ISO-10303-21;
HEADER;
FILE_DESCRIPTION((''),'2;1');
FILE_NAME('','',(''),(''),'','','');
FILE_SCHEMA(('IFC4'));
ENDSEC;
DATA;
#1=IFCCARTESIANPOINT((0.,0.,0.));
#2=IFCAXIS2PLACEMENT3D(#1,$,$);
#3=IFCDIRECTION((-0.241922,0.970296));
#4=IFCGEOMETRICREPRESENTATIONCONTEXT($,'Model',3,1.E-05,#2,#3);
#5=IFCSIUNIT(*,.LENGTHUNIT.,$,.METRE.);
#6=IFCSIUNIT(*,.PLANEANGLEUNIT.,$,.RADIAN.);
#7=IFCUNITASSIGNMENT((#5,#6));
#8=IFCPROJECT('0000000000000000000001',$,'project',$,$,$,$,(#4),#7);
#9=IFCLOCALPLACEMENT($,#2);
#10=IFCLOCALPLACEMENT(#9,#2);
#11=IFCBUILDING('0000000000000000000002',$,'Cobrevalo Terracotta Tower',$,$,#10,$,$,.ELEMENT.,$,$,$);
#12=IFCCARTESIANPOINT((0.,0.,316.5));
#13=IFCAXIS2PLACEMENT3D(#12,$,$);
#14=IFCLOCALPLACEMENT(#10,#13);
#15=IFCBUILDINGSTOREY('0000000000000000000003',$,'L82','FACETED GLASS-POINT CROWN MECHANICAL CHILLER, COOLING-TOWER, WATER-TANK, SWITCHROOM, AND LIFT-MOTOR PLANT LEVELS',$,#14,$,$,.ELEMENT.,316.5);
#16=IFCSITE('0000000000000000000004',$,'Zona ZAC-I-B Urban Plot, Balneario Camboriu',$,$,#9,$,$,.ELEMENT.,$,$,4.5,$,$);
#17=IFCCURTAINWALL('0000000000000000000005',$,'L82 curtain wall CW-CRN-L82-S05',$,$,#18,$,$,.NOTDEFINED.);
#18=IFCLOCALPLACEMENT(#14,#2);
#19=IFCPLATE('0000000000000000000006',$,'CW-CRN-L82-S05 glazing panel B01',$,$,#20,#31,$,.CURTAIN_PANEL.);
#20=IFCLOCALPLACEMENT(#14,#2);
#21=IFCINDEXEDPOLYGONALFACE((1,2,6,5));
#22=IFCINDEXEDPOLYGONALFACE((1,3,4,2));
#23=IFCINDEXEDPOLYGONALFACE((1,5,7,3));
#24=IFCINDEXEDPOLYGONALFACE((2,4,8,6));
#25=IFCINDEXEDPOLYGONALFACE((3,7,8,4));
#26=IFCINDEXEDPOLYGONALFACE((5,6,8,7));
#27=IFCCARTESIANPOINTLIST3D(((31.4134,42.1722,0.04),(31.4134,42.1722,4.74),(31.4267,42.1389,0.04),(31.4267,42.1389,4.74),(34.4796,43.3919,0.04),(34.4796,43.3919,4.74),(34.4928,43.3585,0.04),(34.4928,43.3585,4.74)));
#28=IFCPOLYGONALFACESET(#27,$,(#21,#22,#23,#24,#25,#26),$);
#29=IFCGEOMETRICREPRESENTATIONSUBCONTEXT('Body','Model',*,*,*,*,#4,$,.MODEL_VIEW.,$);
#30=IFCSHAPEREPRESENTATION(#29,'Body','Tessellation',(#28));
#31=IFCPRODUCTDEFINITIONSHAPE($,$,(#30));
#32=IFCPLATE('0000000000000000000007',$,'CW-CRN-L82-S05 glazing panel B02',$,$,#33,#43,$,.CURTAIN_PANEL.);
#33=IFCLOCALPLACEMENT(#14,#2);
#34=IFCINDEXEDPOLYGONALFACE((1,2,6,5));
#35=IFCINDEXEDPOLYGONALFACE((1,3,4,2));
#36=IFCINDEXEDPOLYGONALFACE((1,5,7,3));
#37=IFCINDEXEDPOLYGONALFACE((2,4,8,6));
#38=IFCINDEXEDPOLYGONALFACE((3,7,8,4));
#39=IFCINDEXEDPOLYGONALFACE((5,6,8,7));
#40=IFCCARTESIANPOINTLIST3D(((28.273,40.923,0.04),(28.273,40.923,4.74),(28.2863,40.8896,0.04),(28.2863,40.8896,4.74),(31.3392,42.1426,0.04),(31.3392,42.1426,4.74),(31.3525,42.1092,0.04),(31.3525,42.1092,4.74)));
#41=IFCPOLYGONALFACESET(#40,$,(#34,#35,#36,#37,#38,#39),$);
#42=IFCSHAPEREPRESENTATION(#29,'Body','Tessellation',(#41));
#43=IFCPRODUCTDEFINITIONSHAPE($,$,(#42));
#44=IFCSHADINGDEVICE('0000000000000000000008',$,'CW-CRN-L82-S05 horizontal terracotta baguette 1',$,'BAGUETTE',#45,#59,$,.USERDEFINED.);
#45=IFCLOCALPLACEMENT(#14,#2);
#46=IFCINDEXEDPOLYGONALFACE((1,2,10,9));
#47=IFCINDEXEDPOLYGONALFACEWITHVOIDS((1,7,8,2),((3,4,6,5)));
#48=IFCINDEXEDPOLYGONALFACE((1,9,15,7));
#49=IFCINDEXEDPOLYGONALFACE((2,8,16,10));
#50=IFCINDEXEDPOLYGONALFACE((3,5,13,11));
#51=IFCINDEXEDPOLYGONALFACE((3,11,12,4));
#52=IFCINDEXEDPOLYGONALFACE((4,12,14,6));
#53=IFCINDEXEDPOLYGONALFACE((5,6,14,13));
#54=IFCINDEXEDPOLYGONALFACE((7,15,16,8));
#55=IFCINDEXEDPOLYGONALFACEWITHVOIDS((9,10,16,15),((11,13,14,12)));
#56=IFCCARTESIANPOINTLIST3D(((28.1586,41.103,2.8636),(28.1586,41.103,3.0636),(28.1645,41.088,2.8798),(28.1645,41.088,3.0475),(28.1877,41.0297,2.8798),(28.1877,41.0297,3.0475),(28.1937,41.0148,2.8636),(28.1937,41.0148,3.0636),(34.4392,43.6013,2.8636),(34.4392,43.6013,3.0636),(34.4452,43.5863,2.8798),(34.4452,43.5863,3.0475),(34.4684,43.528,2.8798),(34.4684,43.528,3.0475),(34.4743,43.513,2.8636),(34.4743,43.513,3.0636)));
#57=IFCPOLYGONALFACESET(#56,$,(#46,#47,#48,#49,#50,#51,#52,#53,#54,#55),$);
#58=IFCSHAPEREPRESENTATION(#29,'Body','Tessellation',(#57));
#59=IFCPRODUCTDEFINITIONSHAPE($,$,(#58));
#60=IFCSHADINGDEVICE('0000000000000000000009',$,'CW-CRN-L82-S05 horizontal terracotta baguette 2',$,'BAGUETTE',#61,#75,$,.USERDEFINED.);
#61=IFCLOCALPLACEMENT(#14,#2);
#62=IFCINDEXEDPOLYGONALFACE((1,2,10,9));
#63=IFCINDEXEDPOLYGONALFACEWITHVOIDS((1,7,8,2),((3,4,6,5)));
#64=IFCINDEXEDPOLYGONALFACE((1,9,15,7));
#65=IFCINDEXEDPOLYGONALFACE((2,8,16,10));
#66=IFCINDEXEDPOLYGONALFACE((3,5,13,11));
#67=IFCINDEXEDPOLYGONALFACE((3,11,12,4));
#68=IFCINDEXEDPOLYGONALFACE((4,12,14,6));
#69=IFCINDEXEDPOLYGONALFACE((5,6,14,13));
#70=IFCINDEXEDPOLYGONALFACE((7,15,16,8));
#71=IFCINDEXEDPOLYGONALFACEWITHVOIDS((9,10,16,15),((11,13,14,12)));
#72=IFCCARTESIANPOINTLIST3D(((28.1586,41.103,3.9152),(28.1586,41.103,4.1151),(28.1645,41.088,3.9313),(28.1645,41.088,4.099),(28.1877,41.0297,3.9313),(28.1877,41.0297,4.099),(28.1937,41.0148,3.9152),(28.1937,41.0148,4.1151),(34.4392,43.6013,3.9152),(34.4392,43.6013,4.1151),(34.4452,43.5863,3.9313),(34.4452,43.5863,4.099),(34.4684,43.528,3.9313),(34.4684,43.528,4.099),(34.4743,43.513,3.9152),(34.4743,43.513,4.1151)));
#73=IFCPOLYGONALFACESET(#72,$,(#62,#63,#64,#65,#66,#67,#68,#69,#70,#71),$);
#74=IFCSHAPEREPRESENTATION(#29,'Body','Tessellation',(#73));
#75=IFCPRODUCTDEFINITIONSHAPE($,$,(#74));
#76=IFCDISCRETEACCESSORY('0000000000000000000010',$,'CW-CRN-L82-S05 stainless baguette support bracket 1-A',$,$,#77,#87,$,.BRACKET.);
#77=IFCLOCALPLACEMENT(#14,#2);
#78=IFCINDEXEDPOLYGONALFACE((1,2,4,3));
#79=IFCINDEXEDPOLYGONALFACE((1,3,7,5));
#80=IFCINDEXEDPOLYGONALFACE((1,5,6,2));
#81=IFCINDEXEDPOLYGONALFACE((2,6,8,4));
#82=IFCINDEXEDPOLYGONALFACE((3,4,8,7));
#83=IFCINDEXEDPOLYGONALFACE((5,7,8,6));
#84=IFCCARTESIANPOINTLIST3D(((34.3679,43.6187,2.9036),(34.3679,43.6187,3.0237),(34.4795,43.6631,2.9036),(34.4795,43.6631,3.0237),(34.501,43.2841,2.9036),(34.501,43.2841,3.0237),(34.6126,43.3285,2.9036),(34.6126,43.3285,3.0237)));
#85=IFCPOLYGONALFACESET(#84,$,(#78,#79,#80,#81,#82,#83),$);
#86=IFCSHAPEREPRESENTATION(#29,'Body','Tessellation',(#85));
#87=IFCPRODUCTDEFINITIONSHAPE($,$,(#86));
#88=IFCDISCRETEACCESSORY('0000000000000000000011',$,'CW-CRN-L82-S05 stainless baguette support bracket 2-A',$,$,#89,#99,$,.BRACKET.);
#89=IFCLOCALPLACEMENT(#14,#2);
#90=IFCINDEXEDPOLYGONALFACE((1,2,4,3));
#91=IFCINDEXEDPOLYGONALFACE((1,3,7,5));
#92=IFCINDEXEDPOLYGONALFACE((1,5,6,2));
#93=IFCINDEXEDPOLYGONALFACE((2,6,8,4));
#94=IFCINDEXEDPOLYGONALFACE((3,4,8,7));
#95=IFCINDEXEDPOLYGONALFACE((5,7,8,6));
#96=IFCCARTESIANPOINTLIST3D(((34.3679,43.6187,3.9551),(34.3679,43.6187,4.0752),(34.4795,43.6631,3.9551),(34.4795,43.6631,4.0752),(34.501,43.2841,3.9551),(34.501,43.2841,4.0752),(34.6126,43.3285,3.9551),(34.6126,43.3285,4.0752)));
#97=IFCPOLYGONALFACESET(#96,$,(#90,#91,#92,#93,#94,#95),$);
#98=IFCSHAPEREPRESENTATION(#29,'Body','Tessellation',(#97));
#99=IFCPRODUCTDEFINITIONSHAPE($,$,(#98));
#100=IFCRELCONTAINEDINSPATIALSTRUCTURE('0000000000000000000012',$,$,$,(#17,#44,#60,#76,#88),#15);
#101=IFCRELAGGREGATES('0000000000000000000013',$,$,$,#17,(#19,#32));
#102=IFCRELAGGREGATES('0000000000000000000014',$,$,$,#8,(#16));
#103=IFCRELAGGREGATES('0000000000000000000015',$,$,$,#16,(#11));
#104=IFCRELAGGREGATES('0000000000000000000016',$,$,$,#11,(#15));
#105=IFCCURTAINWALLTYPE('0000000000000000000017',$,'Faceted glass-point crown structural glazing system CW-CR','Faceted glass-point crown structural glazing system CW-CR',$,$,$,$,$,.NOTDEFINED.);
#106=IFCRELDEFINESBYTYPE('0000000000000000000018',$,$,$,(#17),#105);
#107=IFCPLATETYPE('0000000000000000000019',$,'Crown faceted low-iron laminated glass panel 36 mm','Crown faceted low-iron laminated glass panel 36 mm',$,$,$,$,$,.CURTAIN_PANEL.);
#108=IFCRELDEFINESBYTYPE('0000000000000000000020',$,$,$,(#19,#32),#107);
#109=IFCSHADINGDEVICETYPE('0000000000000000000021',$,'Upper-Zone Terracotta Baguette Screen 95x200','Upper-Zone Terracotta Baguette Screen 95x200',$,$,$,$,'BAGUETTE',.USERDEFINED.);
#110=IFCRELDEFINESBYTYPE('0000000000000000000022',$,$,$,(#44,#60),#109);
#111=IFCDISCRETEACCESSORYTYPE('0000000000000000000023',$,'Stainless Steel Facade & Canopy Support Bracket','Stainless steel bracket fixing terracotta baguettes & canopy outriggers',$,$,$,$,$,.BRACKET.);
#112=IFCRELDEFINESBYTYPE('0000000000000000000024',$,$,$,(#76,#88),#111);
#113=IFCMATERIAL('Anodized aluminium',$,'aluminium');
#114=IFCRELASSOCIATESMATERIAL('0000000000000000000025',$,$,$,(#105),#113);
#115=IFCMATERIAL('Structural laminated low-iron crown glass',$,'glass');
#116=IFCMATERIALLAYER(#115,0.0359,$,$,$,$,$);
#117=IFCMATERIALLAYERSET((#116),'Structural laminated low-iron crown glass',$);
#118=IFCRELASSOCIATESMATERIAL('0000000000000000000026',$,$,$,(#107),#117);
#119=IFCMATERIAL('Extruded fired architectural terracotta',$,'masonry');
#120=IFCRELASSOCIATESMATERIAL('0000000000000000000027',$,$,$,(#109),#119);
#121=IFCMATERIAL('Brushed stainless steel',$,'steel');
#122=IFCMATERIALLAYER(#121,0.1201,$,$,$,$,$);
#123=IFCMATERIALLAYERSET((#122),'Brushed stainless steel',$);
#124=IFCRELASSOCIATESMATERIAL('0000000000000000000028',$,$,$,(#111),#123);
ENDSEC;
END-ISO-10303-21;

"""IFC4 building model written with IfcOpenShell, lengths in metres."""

from ifc_helpers import new_model, si_unit, direction, frame, origin, origin_2d, place, context, subcontext, project, spatial, rectangle, hollow_rectangle, extrude, source, transform, mapped, material, layer, layer_set, material_profile, profile_set, type_object, element, aggregate, save


model = new_model("IFC4")

# Units and contexts
model_context = context("Model", 3, precision=1e-05, world=origin(), true_north=direction((-0.241922, 0.970296)))
body_context = subcontext(model_context, "Body", "Model", "MODEL_VIEW")
ifc_project = project(units=[si_unit("LENGTHUNIT", "METRE"), si_unit("PLANEANGLEUNIT", "RADIAN")], contexts=[model_context])

# Site, building, storey
site_placement = place(None, origin())
site = spatial("IfcSite", under=ifc_project, at=site_placement, Name="Zona ZAC-I-B Urban Plot, Balneario Camboriu", CompositionType="ELEMENT", RefElevation=4.5)
building_placement = place(site_placement, origin())
building = spatial("IfcBuilding", under=site, at=building_placement, Name="Cobrevalo Terracotta Tower", CompositionType="ELEMENT")
storey_placement = place(building_placement, frame((0.0, 0.0, 316.5)))
storey = spatial("IfcBuildingStorey", under=building, at=storey_placement, Name="L82", Description="FACETED GLASS-POINT CROWN MECHANICAL CHILLER, COOLING-TOWER, WATER-TANK, SWITCHROOM, AND LIFT-MOTOR PLANT LEVELS", CompositionType="ELEMENT", Elevation=316.5)

# Curtain wall
ifc_material_1 = material(Name="Anodized aluminium", Category="aluminium")
curtain_wall_type = type_object("IfcCurtainWallType", Name="Faceted glass-point crown structural glazing system CW-CR", Description="Faceted glass-point crown structural glazing system CW-CR", PredefinedType="NOTDEFINED", material=ifc_material_1)
curtain_wall_1_placement = place(storey_placement, origin())
curtain_wall_1 = element("IfcCurtainWall", 1, at=curtain_wall_1_placement, inside=storey, type_object=curtain_wall_type, Name="L82 curtain wall CW-CRN-L82-S05", PredefinedType="NOTDEFINED")

# Plates
ifc_material_2 = material(Name="Structural laminated low-iron crown glass", Category="glass")
ifc_layer_1 = layer(ifc_material_2, 0.0359)
ifc_layer_set_1 = layer_set([ifc_layer_1], Name="Structural laminated low-iron crown glass")
plate_type_1 = type_object("IfcPlateType", Name="Crown faceted low-iron laminated glass panel 36 mm", Description="Crown faceted low-iron laminated glass panel 36 mm", PredefinedType="CURTAIN_PANEL", material=ifc_layer_set_1)
shared_shape_1 = source(origin(), body_context, "Body", "SweptSolid", [
    extrude(rectangle(XDim=3.2998, YDim=0.0359, at=origin_2d()), origin(), (0.0, 0.0, 1.0), 4.7),
])
plate_1_placement = place(storey_placement, frame((32.9531, 42.7654, 0.04), z_axis=(0.0, 0.0, 1.0), x_axis=(-0.929191, -0.369601, 0.0)))
plate_1 = element("IfcPlate", 2, at=plate_1_placement, type_object=plate_type_1, Name="CW-CRN-L82-S05 glazing panel B01", PredefinedType="CURTAIN_PANEL", context=body_context, shape_type="MappedRepresentation", body=[
    mapped(shared_shape_1, transform((0.0, 0.0, 0.0), scale=1.0)),
])
plate_2_placement = place(storey_placement, frame((29.8127, 41.5161, 0.04), z_axis=(0.0, 0.0, 1.0), x_axis=(-0.929191, -0.369601, 0.0)))
plate_2 = element("IfcPlate", 3, at=plate_2_placement, type_object=plate_type_1, Name="CW-CRN-L82-S05 glazing panel B02", PredefinedType="CURTAIN_PANEL", context=body_context, shape_type="MappedRepresentation", body=[
    mapped(shared_shape_1, transform((0.0, 0.0, 0.0), scale=1.0)),
])
aggregate(curtain_wall_1, [plate_1, plate_2])

# Shading devices
ifc_material_3 = material(Name="Extruded fired architectural terracotta", Category="masonry")
ifc_material_profile_1 = material_profile(ifc_material_3, hollow_rectangle(XDim=0.095, YDim=0.2, WallThickness=0.0161, at=origin_2d()), Name="BAGUETTE 95x200")
ifc_profile_set_1 = profile_set([ifc_material_profile_1], Name="Extruded fired architectural terracotta")
shading_device_type = type_object("IfcShadingDeviceType", Name="Upper-Zone Terracotta Baguette Screen 95x200", Description="Upper-Zone Terracotta Baguette Screen 95x200", ElementType="BAGUETTE", PredefinedType="USERDEFINED", material=ifc_profile_set_1)
shared_shape_2 = source(origin(), body_context, "Body", "SweptSolid", [
    extrude(hollow_rectangle(XDim=0.095, YDim=0.2, WallThickness=0.0161, at=origin_2d()), origin(), (0.0, 0.0, 1.0), 6.7593),
])
for number, where, z_axis, x_axis, name in (
    (4, (34.4568, 43.5571, 2.9636), (-0.92919, -0.369603, 0.0), (0.369603, -0.92919, 0.0), "CW-CRN-L82-S05 horizontal terracotta baguette 1"),
    (5, (34.4568, 43.5571, 4.0151), (-0.92919, -0.369603, 0.0), (0.369603, -0.92919, 0.0), "CW-CRN-L82-S05 horizontal terracotta baguette 2"),
):
    element("IfcShadingDevice", number, at=place(storey_placement, frame(where, z_axis=z_axis, x_axis=x_axis)), inside=storey, type_object=shading_device_type, Name=name, ObjectType="BAGUETTE", PredefinedType="USERDEFINED", context=body_context, shape_type="MappedRepresentation", body=[
        mapped(shared_shape_2, transform((0.0, 0.0, 0.0), scale=1.0)),
    ])

# Discrete accessories
ifc_material_4 = material(Name="Brushed stainless steel", Category="steel")
ifc_layer_2 = layer(ifc_material_4, 0.1201)
ifc_layer_set_2 = layer_set([ifc_layer_2], Name="Brushed stainless steel")
discrete_accessory_type = type_object("IfcDiscreteAccessoryType", Name="Stainless Steel Facade & Canopy Support Bracket", Description="Stainless steel bracket fixing terracotta baguettes & canopy outriggers", PredefinedType="BRACKET", material=ifc_layer_set_2)
shared_shape_3 = source(origin(), body_context, "Body", "SweptSolid", [
    extrude(rectangle(XDim=0.1201, YDim=0.3601, at=origin_2d()), origin(), (0.0, 0.0, 1.0), 0.1201),
])
for number, where, z_axis, x_axis, name in (
    (6, (34.4902, 43.4736, 2.9036), (0.0, 0.0, 1.0), (-0.929191, -0.369601, 0.0), "CW-CRN-L82-S05 stainless baguette support bracket 1-A"),
    (7, (34.4902, 43.4736, 3.9551), (0.0, 0.0, 1.0), (-0.929191, -0.369601, 0.0), "CW-CRN-L82-S05 stainless baguette support bracket 2-A"),
):
    element("IfcDiscreteAccessory", number, at=place(storey_placement, frame(where, z_axis=z_axis, x_axis=x_axis)), inside=storey, type_object=discrete_accessory_type, Name=name, PredefinedType="BRACKET", context=body_context, shape_type="MappedRepresentation", body=[
        mapped(shared_shape_3, transform((0.0, 0.0, 0.0), scale=1.0)),
    ])

save(model, "model.ifc")
